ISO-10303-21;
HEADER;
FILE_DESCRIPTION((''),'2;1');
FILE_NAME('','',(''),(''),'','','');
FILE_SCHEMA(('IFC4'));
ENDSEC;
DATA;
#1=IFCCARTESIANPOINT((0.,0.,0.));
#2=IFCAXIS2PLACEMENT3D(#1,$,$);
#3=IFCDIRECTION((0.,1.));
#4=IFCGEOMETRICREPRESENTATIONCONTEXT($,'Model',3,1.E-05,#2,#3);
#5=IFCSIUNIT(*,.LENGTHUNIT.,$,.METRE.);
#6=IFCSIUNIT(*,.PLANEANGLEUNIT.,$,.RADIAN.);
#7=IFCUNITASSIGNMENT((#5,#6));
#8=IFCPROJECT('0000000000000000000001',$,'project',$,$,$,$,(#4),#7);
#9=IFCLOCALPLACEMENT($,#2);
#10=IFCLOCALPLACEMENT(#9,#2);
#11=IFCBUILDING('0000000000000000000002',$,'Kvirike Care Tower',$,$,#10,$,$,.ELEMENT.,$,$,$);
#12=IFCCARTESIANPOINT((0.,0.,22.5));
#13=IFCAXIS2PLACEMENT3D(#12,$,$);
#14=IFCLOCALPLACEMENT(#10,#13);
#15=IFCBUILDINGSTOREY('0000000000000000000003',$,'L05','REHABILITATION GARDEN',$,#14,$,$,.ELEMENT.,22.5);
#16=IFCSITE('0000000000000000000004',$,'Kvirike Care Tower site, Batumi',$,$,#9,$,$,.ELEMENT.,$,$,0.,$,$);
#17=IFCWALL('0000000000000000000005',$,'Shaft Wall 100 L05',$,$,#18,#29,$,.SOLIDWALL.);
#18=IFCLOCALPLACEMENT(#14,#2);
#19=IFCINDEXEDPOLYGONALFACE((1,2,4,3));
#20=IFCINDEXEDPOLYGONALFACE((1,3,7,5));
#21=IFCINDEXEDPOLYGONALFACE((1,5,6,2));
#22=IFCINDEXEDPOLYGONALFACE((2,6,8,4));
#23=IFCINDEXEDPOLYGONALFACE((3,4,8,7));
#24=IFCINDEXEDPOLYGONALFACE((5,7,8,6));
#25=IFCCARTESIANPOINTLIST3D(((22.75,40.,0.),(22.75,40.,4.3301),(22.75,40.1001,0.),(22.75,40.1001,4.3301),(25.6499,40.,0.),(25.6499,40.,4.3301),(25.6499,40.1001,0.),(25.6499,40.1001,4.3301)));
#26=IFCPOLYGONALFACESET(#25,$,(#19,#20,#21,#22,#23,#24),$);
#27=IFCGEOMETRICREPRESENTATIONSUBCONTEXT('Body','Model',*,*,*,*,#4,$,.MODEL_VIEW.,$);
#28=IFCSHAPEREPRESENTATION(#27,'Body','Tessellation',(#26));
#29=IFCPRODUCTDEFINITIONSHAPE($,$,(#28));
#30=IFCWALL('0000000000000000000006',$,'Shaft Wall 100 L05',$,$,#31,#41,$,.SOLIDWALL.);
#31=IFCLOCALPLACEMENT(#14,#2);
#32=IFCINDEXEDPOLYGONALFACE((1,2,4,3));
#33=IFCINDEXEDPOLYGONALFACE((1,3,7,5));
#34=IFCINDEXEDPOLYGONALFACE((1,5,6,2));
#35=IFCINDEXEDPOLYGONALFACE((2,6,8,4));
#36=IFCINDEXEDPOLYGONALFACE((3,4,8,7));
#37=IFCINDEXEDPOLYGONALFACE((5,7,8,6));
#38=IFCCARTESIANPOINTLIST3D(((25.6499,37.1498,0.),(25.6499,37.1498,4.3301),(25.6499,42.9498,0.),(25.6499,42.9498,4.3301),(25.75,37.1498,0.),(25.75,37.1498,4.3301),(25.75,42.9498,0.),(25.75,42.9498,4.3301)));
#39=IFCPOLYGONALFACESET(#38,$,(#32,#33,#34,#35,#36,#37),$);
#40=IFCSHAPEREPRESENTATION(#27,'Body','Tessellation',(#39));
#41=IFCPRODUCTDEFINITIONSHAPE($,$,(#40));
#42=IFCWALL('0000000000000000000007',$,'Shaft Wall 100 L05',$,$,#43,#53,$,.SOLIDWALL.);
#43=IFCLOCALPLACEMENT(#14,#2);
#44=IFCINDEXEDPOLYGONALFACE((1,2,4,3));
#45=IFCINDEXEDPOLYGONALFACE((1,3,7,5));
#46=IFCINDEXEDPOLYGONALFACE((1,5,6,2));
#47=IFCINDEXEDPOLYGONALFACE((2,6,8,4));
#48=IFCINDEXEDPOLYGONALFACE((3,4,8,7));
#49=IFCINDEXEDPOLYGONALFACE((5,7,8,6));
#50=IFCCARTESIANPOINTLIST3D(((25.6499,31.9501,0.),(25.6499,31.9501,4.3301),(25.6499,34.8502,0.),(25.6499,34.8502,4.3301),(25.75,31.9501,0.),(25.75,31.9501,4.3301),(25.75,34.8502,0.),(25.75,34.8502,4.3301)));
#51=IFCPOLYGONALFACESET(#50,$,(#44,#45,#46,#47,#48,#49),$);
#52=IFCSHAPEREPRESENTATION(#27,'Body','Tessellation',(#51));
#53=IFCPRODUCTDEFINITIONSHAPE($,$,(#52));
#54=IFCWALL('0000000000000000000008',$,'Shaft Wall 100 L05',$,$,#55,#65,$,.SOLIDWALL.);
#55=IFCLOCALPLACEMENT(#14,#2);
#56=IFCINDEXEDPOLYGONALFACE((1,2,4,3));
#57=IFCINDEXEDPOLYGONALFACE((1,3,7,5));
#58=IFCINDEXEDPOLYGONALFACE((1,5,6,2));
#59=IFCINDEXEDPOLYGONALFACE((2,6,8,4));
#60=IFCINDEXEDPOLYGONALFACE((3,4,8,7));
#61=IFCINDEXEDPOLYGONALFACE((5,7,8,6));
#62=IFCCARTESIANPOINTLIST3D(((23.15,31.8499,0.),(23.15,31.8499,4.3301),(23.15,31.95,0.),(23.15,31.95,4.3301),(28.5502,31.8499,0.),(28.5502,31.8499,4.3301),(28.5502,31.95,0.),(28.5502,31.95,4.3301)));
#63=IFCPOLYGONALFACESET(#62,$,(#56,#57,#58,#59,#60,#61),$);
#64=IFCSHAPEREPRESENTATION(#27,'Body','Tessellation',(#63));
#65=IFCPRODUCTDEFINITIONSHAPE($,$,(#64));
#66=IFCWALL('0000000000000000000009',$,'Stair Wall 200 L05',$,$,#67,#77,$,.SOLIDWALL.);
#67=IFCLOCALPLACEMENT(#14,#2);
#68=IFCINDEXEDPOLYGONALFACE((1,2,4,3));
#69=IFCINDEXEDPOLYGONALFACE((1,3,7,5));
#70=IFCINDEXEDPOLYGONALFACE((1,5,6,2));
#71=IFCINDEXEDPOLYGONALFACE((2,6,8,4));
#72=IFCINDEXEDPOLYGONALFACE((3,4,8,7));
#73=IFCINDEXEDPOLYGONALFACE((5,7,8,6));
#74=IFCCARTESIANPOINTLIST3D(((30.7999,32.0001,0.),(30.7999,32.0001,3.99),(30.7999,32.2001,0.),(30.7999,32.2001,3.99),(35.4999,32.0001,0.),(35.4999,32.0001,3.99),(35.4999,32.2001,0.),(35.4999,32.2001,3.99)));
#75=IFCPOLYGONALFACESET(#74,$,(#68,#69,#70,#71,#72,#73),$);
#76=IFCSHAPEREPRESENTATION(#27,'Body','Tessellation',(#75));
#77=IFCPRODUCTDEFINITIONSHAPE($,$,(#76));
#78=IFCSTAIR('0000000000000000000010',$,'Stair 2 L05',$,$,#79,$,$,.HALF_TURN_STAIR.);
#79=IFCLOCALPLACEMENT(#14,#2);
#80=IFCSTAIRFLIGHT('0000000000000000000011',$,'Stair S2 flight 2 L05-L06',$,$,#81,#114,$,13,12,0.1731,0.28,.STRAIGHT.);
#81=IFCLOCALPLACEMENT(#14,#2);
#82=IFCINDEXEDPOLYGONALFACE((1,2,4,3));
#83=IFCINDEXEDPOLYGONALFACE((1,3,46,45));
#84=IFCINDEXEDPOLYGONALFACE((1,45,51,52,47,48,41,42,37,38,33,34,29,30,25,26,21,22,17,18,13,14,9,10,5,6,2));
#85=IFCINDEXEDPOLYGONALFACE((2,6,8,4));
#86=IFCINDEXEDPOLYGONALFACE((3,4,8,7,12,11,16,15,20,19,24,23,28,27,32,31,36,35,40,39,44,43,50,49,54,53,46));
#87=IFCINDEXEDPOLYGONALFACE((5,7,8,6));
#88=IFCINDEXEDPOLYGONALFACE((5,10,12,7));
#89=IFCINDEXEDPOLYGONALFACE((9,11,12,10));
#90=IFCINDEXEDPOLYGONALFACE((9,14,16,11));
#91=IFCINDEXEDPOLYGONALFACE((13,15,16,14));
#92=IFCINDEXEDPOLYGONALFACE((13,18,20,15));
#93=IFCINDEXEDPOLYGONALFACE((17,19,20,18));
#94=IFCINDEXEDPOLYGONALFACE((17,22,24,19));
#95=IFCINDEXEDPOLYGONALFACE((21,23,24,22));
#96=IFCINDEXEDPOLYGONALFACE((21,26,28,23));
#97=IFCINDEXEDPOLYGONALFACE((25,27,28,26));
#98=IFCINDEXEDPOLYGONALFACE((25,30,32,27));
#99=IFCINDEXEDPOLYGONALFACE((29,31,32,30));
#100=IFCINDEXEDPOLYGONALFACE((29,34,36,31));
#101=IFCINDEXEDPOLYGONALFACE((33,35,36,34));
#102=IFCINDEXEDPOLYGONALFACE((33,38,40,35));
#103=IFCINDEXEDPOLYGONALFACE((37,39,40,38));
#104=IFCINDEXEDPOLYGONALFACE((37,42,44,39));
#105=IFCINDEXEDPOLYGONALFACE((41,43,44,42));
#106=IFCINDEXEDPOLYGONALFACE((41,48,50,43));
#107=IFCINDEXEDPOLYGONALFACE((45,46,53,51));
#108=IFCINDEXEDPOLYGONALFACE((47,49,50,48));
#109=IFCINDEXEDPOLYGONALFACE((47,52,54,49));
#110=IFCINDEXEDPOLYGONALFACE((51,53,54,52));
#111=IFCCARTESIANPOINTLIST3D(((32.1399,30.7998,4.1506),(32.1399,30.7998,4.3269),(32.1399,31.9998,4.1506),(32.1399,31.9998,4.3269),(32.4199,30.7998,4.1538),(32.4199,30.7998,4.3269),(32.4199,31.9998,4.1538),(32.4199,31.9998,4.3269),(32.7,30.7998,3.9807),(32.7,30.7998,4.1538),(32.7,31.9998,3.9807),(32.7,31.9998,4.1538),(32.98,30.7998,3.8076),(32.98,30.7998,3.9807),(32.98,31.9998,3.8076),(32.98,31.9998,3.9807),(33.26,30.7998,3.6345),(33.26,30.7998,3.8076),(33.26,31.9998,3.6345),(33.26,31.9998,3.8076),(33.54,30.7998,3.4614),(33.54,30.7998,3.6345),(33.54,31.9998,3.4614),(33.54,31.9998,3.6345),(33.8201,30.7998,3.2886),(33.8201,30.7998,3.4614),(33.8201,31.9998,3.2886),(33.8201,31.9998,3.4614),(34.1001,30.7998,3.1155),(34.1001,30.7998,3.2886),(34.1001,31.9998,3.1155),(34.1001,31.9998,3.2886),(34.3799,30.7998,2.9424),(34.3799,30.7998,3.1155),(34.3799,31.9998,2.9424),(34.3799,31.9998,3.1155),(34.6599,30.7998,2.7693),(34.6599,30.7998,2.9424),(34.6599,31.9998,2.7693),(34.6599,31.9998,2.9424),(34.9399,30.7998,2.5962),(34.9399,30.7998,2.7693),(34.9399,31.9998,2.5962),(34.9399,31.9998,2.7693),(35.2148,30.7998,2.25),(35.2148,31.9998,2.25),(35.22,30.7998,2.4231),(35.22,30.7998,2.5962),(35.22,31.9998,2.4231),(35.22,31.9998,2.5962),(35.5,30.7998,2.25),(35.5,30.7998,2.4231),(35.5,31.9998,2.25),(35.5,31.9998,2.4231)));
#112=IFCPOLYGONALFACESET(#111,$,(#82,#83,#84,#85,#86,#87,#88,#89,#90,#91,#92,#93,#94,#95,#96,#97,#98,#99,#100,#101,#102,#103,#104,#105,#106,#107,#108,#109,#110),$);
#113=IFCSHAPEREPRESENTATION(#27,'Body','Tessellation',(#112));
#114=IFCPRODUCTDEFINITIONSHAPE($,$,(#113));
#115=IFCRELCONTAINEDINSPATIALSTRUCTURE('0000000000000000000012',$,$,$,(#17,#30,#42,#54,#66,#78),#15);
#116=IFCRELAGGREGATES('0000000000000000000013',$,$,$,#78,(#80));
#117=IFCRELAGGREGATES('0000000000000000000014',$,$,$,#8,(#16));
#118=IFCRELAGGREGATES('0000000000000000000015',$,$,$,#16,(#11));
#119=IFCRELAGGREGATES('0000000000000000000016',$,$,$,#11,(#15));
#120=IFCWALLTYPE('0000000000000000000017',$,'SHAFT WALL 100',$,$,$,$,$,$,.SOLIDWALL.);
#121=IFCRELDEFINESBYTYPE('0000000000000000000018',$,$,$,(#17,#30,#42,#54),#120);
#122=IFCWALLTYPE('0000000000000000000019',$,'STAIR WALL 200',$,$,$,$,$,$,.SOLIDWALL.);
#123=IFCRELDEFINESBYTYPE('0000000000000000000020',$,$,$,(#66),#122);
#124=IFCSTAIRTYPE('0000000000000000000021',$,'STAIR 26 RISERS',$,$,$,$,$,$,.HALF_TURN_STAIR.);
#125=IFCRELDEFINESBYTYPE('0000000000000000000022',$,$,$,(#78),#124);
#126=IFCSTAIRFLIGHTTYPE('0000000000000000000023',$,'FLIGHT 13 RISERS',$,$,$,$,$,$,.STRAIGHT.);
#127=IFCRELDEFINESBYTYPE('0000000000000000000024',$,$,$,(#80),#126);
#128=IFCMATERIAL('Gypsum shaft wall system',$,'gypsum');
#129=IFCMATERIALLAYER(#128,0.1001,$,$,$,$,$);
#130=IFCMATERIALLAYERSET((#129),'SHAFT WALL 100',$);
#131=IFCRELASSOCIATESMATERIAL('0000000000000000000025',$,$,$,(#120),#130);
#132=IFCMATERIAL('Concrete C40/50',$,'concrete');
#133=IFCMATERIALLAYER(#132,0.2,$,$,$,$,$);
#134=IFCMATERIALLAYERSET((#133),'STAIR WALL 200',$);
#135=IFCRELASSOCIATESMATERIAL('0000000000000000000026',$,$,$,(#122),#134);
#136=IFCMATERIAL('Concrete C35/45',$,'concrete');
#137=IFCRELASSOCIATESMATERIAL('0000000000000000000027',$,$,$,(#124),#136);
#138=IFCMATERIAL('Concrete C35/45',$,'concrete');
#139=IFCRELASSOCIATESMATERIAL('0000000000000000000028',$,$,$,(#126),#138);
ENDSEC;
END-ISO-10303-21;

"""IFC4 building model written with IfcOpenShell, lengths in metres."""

from ifc_helpers import new_model, si_unit, direction, frame, frame_2d, origin, place, context, subcontext, project, spatial, polyline, rectangle, outline, extrude, material, layer, layer_set, type_object, element, aggregate, save


model = new_model("IFC4")

# Units and contexts
model_context = context("Model", 3, precision=1e-05, world=origin(), true_north=direction((0.0, 1.0)))
body_context = subcontext(model_context, "Body", "Model", "MODEL_VIEW")
ifc_project = project(units=[si_unit("LENGTHUNIT", "METRE"), si_unit("PLANEANGLEUNIT", "RADIAN")], contexts=[model_context])

# Site, building, storey
site_placement = place(None, origin())
site = spatial("IfcSite", under=ifc_project, at=site_placement, Name="Kvirike Care Tower site, Batumi", CompositionType="ELEMENT", RefElevation=0.0)
building_placement = place(site_placement, origin())
building = spatial("IfcBuilding", under=site, at=building_placement, Name="Kvirike Care Tower", CompositionType="ELEMENT")
storey_placement = place(building_placement, frame((0.0, 0.0, 22.5)))
storey = spatial("IfcBuildingStorey", under=building, at=storey_placement, Name="L05", Description="REHABILITATION GARDEN", CompositionType="ELEMENT", Elevation=22.5)

# Shared definitions
ifc_material_1 = material(Name="Gypsum shaft wall system", Category="gypsum")
ifc_layer_1 = layer(ifc_material_1, 0.1001)
ifc_layer_set_1 = layer_set([ifc_layer_1], Name="SHAFT WALL 100")
wall_type_1 = type_object("IfcWallType", Name="SHAFT WALL 100", PredefinedType="SOLIDWALL", material=ifc_layer_set_1)

# Walls
wall_1_placement = place(storey_placement, frame((22.75, 40.05, 0.0), z_axis=(0.0, 0.0, 1.0), x_axis=(1.0, 0.0, 0.0)))
element("IfcWall", 1, at=wall_1_placement, inside=storey, type_object=wall_type_1, Name="Shaft Wall 100 L05", PredefinedType="SOLIDWALL", context=body_context, shape_type="SweptSolid", body=[
    extrude(rectangle(XDim=2.8999, YDim=0.1001, at=frame_2d((1.45, 0.0))), origin(), (0.0, 0.0, 1.0), 4.3301),
])
wall_2_placement = place(storey_placement, frame((25.7, 37.1499, 0.0), z_axis=(0.0, 0.0, 1.0), x_axis=(0.0, 1.0, 0.0)))
element("IfcWall", 2, at=wall_2_placement, inside=storey, type_object=wall_type_1, Name="Shaft Wall 100 L05", PredefinedType="SOLIDWALL", context=body_context, shape_type="SweptSolid", body=[
    extrude(rectangle(XDim=5.8, YDim=0.1001, at=frame_2d((2.8999, 0.0))), origin(), (0.0, 0.0, 1.0), 4.3301),
])
wall_3_placement = place(storey_placement, frame((25.7, 31.95, 0.0), z_axis=(0.0, 0.0, 1.0), x_axis=(0.0, 1.0, 0.0)))
element("IfcWall", 3, at=wall_3_placement, inside=storey, type_object=wall_type_1, Name="Shaft Wall 100 L05", PredefinedType="SOLIDWALL", context=body_context, shape_type="SweptSolid", body=[
    extrude(rectangle(XDim=2.9001, YDim=0.1001, at=frame_2d((1.4502, 0.0))), origin(), (0.0, 0.0, 1.0), 4.3301),
])
wall_4_placement = place(storey_placement, frame((23.1499, 31.8999, 0.0), z_axis=(0.0, 0.0, 1.0), x_axis=(1.0, 0.0, 0.0)))
element("IfcWall", 4, at=wall_4_placement, inside=storey, type_object=wall_type_1, Name="Shaft Wall 100 L05", PredefinedType="SOLIDWALL", context=body_context, shape_type="SweptSolid", body=[
    extrude(rectangle(XDim=5.4001, YDim=0.1001, at=frame_2d((2.7002, 0.0))), origin(), (0.0, 0.0, 1.0), 4.3301),
])
ifc_material_2 = material(Name="Concrete C40/50", Category="concrete")
ifc_layer_2 = layer(ifc_material_2, 0.2)
ifc_layer_set_2 = layer_set([ifc_layer_2], Name="STAIR WALL 200")
wall_type_2 = type_object("IfcWallType", Name="STAIR WALL 200", PredefinedType="SOLIDWALL", material=ifc_layer_set_2)
wall_5_placement = place(storey_placement, frame((35.5, 32.1001, 0.0), z_axis=(0.0, 0.0, 1.0), x_axis=(-1.0, 0.0, 0.0)))
element("IfcWall", 5, at=wall_5_placement, inside=storey, type_object=wall_type_2, Name="Stair Wall 200 L05", PredefinedType="SOLIDWALL", context=body_context, shape_type="SweptSolid", body=[
    extrude(rectangle(XDim=4.7, YDim=0.2, at=frame_2d((2.3501, 0.0))), origin(), (0.0, 0.0, 1.0), 3.99),
])

# Stair, stair flight
ifc_material_3 = material(Name="Concrete C35/45", Category="concrete")
stair_type = type_object("IfcStairType", Name="STAIR 26 RISERS", PredefinedType="HALF_TURN_STAIR", material=ifc_material_3)
stair_placement = place(storey_placement, origin())
stair = element("IfcStair", 6, at=stair_placement, inside=storey, type_object=stair_type, Name="Stair 2 L05", PredefinedType="HALF_TURN_STAIR")
ifc_material_4 = material(Name="Concrete C35/45", Category="concrete")
stair_flight_type = type_object("IfcStairFlightType", Name="FLIGHT 13 RISERS", PredefinedType="STRAIGHT", material=ifc_material_4)
stair_flight_placement = place(storey_placement, frame((35.5, 31.3999, 2.25), z_axis=(0.0, 0.0, 1.0), x_axis=(-1.0, 0.0, 0.0)))
stair_flight = element("IfcStairFlight", 7, at=stair_flight_placement, type_object=stair_flight_type, Name="Stair S2 flight 2 L05-L06", NumberOfRisers=13, NumberOfTreads=12, PredefinedType="STRAIGHT", RiserHeight=0.1731, TreadLength=0.28, context=body_context, shape_type="SweptSolid", body=[
    extrude(outline(polyline([(0.0, 0.0), (0.0, 0.1731), (0.28, 0.1731), (0.28, 0.3462), (0.5601, 0.3462), (0.5601, 0.5193), (0.8401, 0.5193), (0.8401, 0.6924), (1.1201, 0.6924), (1.1201, 0.8655), (1.3999, 0.8655), (1.3999, 1.0386), (1.6799, 1.0386), (1.6799, 1.2114), (1.96, 1.2114), (1.96, 1.3845), (2.24, 1.3845), (2.24, 1.5576), (2.52, 1.5576), (2.52, 1.7307), (2.8, 1.7307), (2.8, 1.9038), (3.0801, 1.9038), (3.0801, 2.0769), (3.3601, 2.0769), (3.3601, 2.25), (3.3601, 1.9006), (0.2852, 0.0), (0.0, 0.0)])), frame((0.0, 0.6001, 0.0), z_axis=(0.0, -1.0, 0.0), x_axis=(1.0, 0.0, 0.0)), (0.0, 0.0, 1.0), 1.2),
])
aggregate(stair, [stair_flight])

save(model, "model.ifc")
